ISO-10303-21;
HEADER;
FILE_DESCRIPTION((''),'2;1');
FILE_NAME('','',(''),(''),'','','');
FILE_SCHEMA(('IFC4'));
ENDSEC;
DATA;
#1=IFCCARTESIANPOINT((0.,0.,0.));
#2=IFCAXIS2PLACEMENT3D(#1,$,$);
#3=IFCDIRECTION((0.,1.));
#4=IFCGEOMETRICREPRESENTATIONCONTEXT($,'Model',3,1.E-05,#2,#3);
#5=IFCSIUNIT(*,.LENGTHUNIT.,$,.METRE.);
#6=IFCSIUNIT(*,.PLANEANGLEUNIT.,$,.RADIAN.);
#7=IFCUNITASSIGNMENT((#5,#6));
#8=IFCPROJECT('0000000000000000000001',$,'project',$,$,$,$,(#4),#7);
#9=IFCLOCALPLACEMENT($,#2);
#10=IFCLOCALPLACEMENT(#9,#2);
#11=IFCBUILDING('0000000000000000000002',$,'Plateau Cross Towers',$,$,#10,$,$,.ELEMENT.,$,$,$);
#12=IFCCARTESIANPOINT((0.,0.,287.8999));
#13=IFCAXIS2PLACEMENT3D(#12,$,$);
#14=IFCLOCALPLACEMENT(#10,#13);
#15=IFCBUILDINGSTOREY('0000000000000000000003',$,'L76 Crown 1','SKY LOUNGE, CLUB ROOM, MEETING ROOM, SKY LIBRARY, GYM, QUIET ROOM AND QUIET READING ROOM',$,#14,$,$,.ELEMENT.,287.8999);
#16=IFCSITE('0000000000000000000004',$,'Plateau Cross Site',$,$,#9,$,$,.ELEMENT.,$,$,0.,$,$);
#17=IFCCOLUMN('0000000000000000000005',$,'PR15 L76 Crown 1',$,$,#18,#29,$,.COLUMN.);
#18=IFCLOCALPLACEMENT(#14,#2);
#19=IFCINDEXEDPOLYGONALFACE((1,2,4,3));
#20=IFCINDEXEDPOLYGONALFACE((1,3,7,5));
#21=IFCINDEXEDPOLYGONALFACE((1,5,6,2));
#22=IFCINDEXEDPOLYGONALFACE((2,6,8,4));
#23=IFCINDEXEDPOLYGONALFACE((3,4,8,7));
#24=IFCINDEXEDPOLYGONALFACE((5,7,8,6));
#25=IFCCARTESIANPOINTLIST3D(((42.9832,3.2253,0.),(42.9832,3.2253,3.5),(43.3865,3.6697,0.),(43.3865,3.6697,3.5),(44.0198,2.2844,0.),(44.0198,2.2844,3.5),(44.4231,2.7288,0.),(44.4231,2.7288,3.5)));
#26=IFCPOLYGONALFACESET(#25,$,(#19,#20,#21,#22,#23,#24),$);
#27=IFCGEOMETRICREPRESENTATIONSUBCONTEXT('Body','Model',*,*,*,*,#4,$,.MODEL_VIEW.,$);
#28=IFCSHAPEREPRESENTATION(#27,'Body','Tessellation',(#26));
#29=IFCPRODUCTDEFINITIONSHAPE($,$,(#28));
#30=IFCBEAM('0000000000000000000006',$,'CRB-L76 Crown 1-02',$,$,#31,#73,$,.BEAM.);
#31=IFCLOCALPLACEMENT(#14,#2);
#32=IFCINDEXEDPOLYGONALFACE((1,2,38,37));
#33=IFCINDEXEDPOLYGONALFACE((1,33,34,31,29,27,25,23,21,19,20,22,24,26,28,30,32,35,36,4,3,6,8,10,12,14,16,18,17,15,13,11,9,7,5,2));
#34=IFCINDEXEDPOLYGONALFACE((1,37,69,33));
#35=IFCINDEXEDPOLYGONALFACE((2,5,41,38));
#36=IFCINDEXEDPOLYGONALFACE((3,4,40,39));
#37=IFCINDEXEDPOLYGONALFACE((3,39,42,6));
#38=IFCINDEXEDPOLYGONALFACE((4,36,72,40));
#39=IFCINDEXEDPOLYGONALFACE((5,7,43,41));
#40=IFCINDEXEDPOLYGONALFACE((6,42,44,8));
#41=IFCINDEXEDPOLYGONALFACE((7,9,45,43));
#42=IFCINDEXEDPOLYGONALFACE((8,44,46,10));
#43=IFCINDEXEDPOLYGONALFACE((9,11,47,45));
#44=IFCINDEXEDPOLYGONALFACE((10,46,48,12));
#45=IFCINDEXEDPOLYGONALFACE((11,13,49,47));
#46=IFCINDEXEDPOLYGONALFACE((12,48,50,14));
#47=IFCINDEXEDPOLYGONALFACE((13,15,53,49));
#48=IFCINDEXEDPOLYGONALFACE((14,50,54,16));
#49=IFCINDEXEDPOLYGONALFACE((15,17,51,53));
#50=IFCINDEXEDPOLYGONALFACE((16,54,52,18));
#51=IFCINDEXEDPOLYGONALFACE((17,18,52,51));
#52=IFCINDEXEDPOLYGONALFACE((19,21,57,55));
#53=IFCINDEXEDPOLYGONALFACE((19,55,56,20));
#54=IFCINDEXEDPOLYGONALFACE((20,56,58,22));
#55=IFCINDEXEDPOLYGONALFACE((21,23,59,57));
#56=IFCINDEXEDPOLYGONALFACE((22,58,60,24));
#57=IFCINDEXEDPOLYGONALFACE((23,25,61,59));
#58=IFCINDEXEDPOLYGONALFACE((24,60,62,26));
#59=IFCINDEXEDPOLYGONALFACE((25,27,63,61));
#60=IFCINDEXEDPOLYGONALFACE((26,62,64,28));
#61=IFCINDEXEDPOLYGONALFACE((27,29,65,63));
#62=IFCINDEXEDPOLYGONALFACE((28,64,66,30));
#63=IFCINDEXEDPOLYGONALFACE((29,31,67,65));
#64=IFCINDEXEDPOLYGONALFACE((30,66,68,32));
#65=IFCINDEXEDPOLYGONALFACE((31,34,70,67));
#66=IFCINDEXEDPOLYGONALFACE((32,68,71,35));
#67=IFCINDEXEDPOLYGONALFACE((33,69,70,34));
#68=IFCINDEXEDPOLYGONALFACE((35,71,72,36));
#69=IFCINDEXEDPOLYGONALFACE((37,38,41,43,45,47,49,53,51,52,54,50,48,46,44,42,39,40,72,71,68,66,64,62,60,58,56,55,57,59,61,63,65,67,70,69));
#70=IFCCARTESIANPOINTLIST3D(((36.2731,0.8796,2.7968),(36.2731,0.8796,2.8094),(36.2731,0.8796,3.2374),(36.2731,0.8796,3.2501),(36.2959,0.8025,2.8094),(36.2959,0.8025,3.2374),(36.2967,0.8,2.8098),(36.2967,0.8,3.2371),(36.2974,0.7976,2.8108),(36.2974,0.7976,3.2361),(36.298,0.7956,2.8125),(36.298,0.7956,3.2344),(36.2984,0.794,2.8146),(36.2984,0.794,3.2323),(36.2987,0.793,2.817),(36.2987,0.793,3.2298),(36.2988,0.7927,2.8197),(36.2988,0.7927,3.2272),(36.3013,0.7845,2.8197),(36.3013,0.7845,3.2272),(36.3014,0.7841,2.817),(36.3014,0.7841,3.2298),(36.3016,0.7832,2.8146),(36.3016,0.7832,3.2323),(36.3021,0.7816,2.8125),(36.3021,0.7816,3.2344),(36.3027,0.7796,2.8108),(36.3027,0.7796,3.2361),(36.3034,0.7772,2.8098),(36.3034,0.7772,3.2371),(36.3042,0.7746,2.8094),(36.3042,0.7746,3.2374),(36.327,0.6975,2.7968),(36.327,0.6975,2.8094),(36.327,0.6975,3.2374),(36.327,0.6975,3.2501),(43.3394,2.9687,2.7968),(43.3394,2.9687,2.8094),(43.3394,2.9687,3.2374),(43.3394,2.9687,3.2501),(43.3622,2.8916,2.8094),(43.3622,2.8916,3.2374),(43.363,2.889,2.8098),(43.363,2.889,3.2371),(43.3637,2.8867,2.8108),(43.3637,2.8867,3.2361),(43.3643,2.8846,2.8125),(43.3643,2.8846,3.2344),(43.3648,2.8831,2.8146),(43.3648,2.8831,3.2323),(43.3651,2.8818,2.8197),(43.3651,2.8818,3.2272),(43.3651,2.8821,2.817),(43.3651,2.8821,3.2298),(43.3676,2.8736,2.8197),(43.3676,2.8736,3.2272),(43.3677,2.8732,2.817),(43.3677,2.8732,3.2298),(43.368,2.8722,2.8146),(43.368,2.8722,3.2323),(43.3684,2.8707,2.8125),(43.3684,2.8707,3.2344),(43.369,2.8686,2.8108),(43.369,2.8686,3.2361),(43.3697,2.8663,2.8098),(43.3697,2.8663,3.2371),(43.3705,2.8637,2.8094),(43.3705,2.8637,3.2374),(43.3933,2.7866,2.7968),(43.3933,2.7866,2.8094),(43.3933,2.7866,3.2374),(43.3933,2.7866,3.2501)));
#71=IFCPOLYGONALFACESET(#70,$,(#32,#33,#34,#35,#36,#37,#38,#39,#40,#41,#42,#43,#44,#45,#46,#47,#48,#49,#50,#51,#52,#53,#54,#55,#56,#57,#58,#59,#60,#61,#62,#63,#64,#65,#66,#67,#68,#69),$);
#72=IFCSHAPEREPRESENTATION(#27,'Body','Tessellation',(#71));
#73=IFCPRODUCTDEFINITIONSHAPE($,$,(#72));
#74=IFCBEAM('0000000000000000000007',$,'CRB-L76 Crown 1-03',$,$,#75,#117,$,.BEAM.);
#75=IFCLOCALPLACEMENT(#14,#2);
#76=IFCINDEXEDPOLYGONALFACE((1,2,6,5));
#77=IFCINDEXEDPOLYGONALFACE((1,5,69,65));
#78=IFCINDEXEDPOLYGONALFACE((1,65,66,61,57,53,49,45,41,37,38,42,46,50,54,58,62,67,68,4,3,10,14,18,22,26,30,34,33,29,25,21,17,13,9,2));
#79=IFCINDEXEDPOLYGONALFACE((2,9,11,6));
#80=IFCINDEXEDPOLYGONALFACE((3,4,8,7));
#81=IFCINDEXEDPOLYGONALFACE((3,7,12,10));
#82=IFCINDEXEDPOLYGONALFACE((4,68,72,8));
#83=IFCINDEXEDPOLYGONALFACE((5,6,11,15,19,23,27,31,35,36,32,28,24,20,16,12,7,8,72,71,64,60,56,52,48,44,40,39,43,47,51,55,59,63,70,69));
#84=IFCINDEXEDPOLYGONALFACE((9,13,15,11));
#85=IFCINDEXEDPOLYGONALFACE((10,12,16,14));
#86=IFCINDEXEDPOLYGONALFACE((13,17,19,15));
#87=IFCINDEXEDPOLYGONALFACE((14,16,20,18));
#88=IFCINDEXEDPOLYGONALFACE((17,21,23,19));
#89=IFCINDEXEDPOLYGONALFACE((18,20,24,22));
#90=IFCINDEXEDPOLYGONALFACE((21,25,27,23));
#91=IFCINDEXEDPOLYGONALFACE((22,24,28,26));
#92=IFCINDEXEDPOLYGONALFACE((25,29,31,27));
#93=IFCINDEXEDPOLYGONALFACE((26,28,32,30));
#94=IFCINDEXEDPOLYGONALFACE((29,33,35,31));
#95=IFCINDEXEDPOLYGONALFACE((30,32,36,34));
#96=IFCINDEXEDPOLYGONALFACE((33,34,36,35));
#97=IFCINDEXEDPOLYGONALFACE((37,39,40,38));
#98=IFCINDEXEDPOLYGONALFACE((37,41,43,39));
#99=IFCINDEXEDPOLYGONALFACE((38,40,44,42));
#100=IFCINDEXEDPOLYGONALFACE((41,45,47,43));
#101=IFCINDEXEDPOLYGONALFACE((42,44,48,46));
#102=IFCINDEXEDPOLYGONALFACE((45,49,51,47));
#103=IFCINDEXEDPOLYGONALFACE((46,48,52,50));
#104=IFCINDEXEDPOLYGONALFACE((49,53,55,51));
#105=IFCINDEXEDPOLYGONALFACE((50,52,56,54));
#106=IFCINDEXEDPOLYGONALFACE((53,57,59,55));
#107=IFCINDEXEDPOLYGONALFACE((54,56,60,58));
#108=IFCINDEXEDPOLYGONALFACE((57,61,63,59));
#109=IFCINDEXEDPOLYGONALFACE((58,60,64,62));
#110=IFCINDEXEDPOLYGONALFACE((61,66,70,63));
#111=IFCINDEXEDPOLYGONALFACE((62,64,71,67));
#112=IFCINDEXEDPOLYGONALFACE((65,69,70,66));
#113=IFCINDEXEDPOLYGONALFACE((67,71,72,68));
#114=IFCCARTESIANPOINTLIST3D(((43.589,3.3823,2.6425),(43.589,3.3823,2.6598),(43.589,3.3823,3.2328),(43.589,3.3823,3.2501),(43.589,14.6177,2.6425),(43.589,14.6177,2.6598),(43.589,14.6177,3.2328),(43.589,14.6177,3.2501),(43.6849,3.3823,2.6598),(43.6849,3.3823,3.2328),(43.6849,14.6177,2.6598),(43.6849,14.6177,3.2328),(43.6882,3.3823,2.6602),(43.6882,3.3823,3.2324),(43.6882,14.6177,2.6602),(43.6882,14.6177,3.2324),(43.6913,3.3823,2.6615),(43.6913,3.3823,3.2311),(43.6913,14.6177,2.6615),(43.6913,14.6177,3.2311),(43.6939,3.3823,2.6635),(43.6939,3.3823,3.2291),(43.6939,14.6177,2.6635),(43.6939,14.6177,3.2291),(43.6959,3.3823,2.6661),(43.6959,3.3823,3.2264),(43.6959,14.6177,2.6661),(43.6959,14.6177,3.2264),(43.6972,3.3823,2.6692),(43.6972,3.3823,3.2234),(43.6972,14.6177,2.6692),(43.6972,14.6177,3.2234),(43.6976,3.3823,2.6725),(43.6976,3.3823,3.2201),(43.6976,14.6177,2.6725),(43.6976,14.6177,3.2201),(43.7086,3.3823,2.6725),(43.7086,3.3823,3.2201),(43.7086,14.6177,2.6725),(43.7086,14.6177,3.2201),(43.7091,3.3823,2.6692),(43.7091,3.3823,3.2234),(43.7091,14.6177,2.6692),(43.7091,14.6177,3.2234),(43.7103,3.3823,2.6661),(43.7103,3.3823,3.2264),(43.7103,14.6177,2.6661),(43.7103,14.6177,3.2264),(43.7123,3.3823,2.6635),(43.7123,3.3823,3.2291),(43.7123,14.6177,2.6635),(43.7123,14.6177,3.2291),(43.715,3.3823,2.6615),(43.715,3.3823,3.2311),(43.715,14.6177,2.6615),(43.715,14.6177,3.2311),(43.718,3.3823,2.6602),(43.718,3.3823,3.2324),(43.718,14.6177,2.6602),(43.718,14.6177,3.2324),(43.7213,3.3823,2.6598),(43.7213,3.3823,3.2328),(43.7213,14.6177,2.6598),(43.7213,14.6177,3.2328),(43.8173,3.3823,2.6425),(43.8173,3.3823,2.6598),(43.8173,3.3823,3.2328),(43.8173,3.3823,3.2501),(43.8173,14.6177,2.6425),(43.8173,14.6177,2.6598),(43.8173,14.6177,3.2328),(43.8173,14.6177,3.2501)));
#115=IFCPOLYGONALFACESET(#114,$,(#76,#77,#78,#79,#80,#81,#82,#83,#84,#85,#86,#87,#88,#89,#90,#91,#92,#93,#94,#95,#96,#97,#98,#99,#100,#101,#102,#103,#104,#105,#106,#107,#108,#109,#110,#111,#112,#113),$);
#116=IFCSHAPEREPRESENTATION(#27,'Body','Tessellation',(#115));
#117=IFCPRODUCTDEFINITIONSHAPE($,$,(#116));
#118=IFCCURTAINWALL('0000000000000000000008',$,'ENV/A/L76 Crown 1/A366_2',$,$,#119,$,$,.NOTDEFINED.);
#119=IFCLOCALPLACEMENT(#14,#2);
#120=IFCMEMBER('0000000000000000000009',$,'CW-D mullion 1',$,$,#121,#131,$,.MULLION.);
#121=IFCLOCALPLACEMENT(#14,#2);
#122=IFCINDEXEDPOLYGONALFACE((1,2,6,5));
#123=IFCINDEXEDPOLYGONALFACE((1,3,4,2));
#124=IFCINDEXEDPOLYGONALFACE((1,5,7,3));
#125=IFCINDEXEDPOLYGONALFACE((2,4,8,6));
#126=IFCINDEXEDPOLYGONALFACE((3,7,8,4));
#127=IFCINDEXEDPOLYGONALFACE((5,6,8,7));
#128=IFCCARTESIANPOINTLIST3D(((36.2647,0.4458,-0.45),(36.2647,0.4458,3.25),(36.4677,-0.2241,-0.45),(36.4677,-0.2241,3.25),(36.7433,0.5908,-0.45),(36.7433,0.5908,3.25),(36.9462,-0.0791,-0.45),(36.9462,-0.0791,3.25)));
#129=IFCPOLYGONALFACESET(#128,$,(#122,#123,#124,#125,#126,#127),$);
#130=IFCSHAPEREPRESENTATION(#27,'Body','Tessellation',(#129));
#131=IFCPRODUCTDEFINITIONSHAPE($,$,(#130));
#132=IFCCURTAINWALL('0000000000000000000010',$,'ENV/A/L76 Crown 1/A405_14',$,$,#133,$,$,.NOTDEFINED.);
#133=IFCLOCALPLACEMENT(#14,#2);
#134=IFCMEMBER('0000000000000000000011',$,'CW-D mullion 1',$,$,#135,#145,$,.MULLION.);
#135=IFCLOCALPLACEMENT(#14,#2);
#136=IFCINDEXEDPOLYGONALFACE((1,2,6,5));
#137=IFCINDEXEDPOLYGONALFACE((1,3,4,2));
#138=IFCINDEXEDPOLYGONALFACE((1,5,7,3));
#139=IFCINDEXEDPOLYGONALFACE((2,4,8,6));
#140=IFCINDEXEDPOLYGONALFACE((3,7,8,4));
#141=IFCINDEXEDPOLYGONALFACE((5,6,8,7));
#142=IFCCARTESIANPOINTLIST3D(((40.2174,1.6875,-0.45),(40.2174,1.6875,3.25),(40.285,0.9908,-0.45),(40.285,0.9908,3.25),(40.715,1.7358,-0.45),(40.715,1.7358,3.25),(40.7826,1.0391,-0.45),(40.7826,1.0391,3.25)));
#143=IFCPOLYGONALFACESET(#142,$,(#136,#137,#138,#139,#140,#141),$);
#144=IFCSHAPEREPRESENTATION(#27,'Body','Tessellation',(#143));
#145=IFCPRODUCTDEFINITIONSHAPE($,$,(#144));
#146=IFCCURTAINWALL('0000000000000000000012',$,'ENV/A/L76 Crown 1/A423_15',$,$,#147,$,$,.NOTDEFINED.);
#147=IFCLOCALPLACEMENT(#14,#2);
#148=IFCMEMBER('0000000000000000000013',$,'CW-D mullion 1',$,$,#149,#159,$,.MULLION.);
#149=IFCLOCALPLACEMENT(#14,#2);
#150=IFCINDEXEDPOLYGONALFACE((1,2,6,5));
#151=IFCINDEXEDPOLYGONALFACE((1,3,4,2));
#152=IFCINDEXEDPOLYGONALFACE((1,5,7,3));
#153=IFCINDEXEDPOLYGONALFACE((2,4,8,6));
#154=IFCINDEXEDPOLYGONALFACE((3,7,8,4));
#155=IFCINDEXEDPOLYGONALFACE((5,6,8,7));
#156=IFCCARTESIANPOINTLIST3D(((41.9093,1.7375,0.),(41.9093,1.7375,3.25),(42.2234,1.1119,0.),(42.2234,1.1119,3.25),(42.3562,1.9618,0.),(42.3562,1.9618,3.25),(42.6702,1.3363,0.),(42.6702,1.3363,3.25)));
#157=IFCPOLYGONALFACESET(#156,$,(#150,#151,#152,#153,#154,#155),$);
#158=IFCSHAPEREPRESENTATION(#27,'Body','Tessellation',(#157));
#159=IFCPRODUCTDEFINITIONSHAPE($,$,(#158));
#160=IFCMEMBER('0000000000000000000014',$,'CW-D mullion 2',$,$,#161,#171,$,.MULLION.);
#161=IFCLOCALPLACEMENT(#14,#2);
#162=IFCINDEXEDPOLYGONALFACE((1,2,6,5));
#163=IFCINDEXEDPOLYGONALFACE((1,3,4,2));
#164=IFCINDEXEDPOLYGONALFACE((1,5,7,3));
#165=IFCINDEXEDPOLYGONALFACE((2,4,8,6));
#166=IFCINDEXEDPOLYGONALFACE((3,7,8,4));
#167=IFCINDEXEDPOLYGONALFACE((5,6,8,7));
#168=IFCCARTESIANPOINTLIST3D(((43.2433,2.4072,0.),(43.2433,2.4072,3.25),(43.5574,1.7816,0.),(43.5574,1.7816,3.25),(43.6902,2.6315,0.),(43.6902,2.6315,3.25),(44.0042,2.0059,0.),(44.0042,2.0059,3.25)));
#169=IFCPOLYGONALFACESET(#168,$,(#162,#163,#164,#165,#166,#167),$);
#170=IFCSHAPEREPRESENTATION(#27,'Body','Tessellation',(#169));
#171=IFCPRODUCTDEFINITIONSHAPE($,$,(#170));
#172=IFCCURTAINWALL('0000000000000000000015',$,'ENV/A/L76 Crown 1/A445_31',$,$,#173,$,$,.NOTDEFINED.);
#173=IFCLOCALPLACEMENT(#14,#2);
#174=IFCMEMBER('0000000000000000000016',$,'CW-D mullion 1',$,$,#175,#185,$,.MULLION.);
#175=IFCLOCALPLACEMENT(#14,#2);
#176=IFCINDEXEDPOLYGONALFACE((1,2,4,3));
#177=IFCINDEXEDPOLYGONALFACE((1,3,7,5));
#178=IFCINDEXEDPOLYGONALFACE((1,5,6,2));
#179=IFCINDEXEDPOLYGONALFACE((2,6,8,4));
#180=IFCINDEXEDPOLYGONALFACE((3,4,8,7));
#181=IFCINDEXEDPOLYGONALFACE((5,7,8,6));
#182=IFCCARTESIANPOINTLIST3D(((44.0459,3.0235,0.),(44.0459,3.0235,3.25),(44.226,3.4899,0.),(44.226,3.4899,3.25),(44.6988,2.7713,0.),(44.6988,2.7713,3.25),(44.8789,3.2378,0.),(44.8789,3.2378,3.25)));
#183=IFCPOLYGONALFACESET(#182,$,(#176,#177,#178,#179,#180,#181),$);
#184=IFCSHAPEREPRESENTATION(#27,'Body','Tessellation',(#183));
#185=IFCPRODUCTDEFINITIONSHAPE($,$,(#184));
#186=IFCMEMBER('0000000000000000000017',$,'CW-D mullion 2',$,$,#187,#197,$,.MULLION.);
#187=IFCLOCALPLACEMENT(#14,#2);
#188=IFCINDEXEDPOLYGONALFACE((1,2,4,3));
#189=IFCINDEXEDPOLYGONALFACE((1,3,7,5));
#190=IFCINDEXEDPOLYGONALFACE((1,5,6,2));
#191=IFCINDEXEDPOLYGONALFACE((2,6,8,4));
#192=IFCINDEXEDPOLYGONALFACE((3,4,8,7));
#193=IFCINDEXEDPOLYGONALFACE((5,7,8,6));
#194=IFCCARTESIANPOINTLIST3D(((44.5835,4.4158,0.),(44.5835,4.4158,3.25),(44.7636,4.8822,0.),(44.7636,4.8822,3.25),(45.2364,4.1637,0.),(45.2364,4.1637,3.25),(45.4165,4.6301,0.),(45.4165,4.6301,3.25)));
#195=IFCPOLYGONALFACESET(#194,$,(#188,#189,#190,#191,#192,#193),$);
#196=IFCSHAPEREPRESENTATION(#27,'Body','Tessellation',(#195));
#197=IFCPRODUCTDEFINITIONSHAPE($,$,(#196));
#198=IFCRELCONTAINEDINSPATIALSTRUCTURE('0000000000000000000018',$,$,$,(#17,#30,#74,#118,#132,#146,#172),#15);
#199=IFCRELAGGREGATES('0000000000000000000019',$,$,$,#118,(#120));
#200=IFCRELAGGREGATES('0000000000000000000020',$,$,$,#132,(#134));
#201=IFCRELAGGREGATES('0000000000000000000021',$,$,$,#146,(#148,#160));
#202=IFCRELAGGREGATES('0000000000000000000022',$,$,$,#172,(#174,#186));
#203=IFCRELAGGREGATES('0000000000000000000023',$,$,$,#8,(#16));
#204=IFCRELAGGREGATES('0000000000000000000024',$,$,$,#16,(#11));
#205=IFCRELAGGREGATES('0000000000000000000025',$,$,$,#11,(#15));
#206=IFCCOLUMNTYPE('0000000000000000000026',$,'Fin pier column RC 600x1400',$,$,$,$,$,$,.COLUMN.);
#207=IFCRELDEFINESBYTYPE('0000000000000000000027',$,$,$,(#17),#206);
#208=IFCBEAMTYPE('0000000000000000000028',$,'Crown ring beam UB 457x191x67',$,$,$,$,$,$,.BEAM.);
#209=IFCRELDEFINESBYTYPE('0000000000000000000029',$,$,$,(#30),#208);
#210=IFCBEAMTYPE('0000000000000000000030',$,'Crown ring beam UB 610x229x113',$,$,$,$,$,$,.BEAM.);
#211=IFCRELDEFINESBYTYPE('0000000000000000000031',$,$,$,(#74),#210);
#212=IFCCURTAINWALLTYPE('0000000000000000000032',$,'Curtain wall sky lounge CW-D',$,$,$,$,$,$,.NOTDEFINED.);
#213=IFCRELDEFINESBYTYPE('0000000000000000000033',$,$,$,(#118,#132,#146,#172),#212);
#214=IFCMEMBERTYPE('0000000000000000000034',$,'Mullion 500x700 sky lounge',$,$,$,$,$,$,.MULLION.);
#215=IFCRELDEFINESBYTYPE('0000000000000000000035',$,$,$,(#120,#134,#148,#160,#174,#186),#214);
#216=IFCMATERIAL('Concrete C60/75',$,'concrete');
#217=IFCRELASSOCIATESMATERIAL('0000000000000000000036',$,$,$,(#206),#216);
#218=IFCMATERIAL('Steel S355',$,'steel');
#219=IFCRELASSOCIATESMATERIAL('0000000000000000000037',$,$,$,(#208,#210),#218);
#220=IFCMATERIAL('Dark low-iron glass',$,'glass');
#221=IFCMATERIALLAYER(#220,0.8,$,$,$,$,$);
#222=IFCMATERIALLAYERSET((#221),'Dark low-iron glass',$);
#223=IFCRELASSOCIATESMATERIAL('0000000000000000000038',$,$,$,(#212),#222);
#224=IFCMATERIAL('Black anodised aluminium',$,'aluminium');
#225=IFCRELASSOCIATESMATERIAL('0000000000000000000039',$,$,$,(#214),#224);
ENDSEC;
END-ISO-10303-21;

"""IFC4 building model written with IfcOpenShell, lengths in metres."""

from ifc_helpers import new_model, si_unit, direction, frame, origin, origin_2d, place, context, subcontext, project, spatial, rectangle, i_section, extrude, material, layer, layer_set, material_profile, profile_set, type_object, element, aggregate, save


model = new_model("IFC4")

# Units and contexts
model_context = context("Model", 3, precision=1e-05, world=origin(), true_north=direction((0.0, 1.0)))
body_context = subcontext(model_context, "Body", "Model", "MODEL_VIEW")
ifc_project = project(units=[si_unit("LENGTHUNIT", "METRE"), si_unit("PLANEANGLEUNIT", "RADIAN")], contexts=[model_context])

# Site, building, storey
site_placement = place(None, origin())
site = spatial("IfcSite", under=ifc_project, at=site_placement, Name="Plateau Cross Site", CompositionType="ELEMENT", RefElevation=0.0)
building_placement = place(site_placement, origin())
building = spatial("IfcBuilding", under=site, at=building_placement, Name="Plateau Cross Towers", CompositionType="ELEMENT")
storey_placement = place(building_placement, frame((0.0, 0.0, 287.8999)))
storey = spatial("IfcBuildingStorey", under=building, at=storey_placement, Name="L76 Crown 1", Description="SKY LOUNGE, CLUB ROOM, MEETING ROOM, SKY LIBRARY, GYM, QUIET ROOM AND QUIET READING ROOM", CompositionType="ELEMENT", Elevation=287.8999)

# Column
ifc_material_1 = material(Name="Concrete C60/75", Category="concrete")
ifc_material_profile_1 = material_profile(ifc_material_1, rectangle(XDim=0.6001, YDim=1.3999, at=origin_2d()), Name="RC 600x1400")
ifc_profile_set_1 = profile_set([ifc_material_profile_1], Name="Concrete C60/75")
column_type = type_object("IfcColumnType", Name="Fin pier column RC 600x1400", PredefinedType="COLUMN", material=ifc_profile_set_1)
column_placement = place(storey_placement, frame((43.7031, 2.9771, 0.0), z_axis=(0.0, 0.0, 1.0), x_axis=(0.672084, 0.740475, 0.0)))
element("IfcColumn", 1, at=column_placement, inside=storey, type_object=column_type, Name="PR15 L76 Crown 1", PredefinedType="COLUMN", context=body_context, shape_type="SweptSolid", body=[
    extrude(rectangle(XDim=0.6001, YDim=1.3999, at=origin_2d()), origin(), (0.0, 0.0, 1.0), 3.5),
])

# Beams
ifc_material_2 = material(Name="Steel S355", Category="steel")
ifc_material_profile_2 = material_profile(ifc_material_2, i_section(OverallWidth=0.1899, OverallDepth=0.4534, WebThickness=0.0085, FlangeThickness=0.0127, FilletRadius=0.0103, at=origin_2d()), Name="UB 457x191x67")
ifc_profile_set_2 = profile_set([ifc_material_profile_2], Name="Steel S355")
beam_type_1 = type_object("IfcBeamType", Name="Crown ring beam UB 457x191x67", PredefinedType="BEAM", material=ifc_profile_set_2)
beam_1_placement = place(storey_placement, frame((36.3, 0.7886, 3.0234), z_axis=(0.958969, 0.28351, 0.0), x_axis=(-0.28351, 0.958969, 0.0)))
element("IfcBeam", 2, at=beam_1_placement, inside=storey, type_object=beam_type_1, Name="CRB-L76 Crown 1-02", PredefinedType="BEAM", context=body_context, shape_type="SweptSolid", body=[
    extrude(i_section(OverallWidth=0.1899, OverallDepth=0.4534, WebThickness=0.0085, FlangeThickness=0.0127, FilletRadius=0.0103, at=origin_2d()), origin(), (0.0, 0.0, 1.0), 7.3687),
])
ifc_material_profile_3 = material_profile(ifc_material_2, i_section(OverallWidth=0.2283, OverallDepth=0.6077, WebThickness=0.011, FlangeThickness=0.0173, FilletRadius=0.0127, at=origin_2d()), Name="UB 610x229x113")
ifc_profile_set_3 = profile_set([ifc_material_profile_3], Name="Steel S355")
beam_type_2 = type_object("IfcBeamType", Name="Crown ring beam UB 610x229x113", PredefinedType="BEAM", material=ifc_profile_set_3)
beam_2_placement = place(storey_placement, frame((43.7031, 3.3823, 2.9463), z_axis=(0.0, 1.0, 0.0), x_axis=(-1.0, 0.0, 0.0)))
element("IfcBeam", 3, at=beam_2_placement, inside=storey, type_object=beam_type_2, Name="CRB-L76 Crown 1-03", PredefinedType="BEAM", context=body_context, shape_type="SweptSolid", body=[
    extrude(i_section(OverallWidth=0.2283, OverallDepth=0.6077, WebThickness=0.011, FlangeThickness=0.0173, FilletRadius=0.0127, at=origin_2d()), origin(), (0.0, 0.0, 1.0), 11.2354),
])

# Curtain walls, members
ifc_material_3 = material(Name="Dark low-iron glass", Category="glass")
ifc_layer_1 = layer(ifc_material_3, 0.8)
ifc_layer_set_1 = layer_set([ifc_layer_1], Name="Dark low-iron glass")
curtain_wall_type = type_object("IfcCurtainWallType", Name="Curtain wall sky lounge CW-D", PredefinedType="NOTDEFINED", material=ifc_layer_set_1)
curtain_wall_1_placement = place(storey_placement, origin())
curtain_wall_1 = element("IfcCurtainWall", 4, at=curtain_wall_1_placement, inside=storey, type_object=curtain_wall_type, Name="ENV/A/L76 Crown 1/A366_2", PredefinedType="NOTDEFINED")
ifc_material_4 = material(Name="Black anodised aluminium", Category="aluminium")
ifc_material_profile_4 = material_profile(ifc_material_4, rectangle(XDim=0.5, YDim=0.7, at=origin_2d()), Name="MULLION 500x700")
ifc_profile_set_4 = profile_set([ifc_material_profile_4], Name="Black anodised aluminium")
member_type_1 = type_object("IfcMemberType", Name="Mullion 500x700 sky lounge", PredefinedType="MULLION", material=ifc_profile_set_4)
member_1_placement = place(storey_placement, frame((36.6055, 0.1833, -0.45), z_axis=(0.0, 0.0, 1.0), x_axis=(0.957048, 0.289928, 0.0)))
member_1 = element("IfcMember", 5, at=member_1_placement, type_object=member_type_1, Name="CW-D mullion 1", PredefinedType="MULLION", context=body_context, shape_type="SweptSolid", body=[
    extrude(rectangle(XDim=0.5, YDim=0.7, at=origin_2d()), origin(), (0.0, 0.0, 1.0), 3.7),
])
curtain_wall_2_placement = place(storey_placement, origin())
curtain_wall_2 = element("IfcCurtainWall", 6, at=curtain_wall_2_placement, inside=storey, type_object=curtain_wall_type, Name="ENV/A/L76 Crown 1/A405_14", PredefinedType="NOTDEFINED")
member_2_placement = place(storey_placement, frame((40.5, 1.3633, -0.45), z_axis=(0.0, 0.0, 1.0), x_axis=(0.995323, 0.096606, 0.0)))
member_2 = element("IfcMember", 7, at=member_2_placement, type_object=member_type_1, Name="CW-D mullion 1", PredefinedType="MULLION", context=body_context, shape_type="SweptSolid", body=[
    extrude(rectangle(XDim=0.5, YDim=0.7, at=origin_2d()), origin(), (0.0, 0.0, 1.0), 3.7),
])

# Curtain walls, members
curtain_wall_3_placement = place(storey_placement, origin())
curtain_wall_3 = element("IfcCurtainWall", 8, at=curtain_wall_3_placement, inside=storey, type_object=curtain_wall_type, Name="ENV/A/L76 Crown 1/A423_15", PredefinedType="NOTDEFINED")
member_3_placement = place(storey_placement, frame((42.2898, 1.5369, 0.0), z_axis=(0.0, 0.0, 1.0), x_axis=(0.893702, 0.448661, 0.0)))
member_3 = element("IfcMember", 9, at=member_3_placement, type_object=member_type_1, Name="CW-D mullion 1", PredefinedType="MULLION", context=body_context, shape_type="SweptSolid", body=[
    extrude(rectangle(XDim=0.5, YDim=0.7, at=origin_2d()), origin(), (0.0, 0.0, 1.0), 3.25),
])
member_4_placement = place(storey_placement, frame((43.6238, 2.2065, 0.0), z_axis=(0.0, 0.0, 1.0), x_axis=(0.893702, 0.448661, 0.0)))
member_4 = element("IfcMember", 10, at=member_4_placement, type_object=member_type_1, Name="CW-D mullion 2", PredefinedType="MULLION", context=body_context, shape_type="SweptSolid", body=[
    extrude(rectangle(XDim=0.5, YDim=0.7, at=origin_2d()), origin(), (0.0, 0.0, 1.0), 3.25),
])
curtain_wall_4_placement = place(storey_placement, origin())
curtain_wall_4 = element("IfcCurtainWall", 11, at=curtain_wall_4_placement, inside=storey, type_object=curtain_wall_type, Name="ENV/A/L76 Crown 1/A445_31", PredefinedType="NOTDEFINED")
member_5_placement = place(storey_placement, frame((44.4624, 3.1306, 0.0), z_axis=(0.0, 0.0, 1.0), x_axis=(0.360226, 0.932865, 0.0)))
member_5 = element("IfcMember", 12, at=member_5_placement, type_object=member_type_1, Name="CW-D mullion 1", PredefinedType="MULLION", context=body_context, shape_type="SweptSolid", body=[
    extrude(rectangle(XDim=0.5, YDim=0.7, at=origin_2d()), origin(), (0.0, 0.0, 1.0), 3.25),
])
member_6_placement = place(storey_placement, frame((45.0, 4.5229, 0.0), z_axis=(0.0, 0.0, 1.0), x_axis=(0.360226, 0.932865, 0.0)))
member_6 = element("IfcMember", 13, at=member_6_placement, type_object=member_type_1, Name="CW-D mullion 2", PredefinedType="MULLION", context=body_context, shape_type="SweptSolid", body=[
    extrude(rectangle(XDim=0.5, YDim=0.7, at=origin_2d()), origin(), (0.0, 0.0, 1.0), 3.25),
])

aggregate(curtain_wall_1, [member_1])
aggregate(curtain_wall_2, [member_2])
aggregate(curtain_wall_3, [member_3, member_4])
aggregate(curtain_wall_4, [member_5, member_6])

save(model, "model.ifc")
